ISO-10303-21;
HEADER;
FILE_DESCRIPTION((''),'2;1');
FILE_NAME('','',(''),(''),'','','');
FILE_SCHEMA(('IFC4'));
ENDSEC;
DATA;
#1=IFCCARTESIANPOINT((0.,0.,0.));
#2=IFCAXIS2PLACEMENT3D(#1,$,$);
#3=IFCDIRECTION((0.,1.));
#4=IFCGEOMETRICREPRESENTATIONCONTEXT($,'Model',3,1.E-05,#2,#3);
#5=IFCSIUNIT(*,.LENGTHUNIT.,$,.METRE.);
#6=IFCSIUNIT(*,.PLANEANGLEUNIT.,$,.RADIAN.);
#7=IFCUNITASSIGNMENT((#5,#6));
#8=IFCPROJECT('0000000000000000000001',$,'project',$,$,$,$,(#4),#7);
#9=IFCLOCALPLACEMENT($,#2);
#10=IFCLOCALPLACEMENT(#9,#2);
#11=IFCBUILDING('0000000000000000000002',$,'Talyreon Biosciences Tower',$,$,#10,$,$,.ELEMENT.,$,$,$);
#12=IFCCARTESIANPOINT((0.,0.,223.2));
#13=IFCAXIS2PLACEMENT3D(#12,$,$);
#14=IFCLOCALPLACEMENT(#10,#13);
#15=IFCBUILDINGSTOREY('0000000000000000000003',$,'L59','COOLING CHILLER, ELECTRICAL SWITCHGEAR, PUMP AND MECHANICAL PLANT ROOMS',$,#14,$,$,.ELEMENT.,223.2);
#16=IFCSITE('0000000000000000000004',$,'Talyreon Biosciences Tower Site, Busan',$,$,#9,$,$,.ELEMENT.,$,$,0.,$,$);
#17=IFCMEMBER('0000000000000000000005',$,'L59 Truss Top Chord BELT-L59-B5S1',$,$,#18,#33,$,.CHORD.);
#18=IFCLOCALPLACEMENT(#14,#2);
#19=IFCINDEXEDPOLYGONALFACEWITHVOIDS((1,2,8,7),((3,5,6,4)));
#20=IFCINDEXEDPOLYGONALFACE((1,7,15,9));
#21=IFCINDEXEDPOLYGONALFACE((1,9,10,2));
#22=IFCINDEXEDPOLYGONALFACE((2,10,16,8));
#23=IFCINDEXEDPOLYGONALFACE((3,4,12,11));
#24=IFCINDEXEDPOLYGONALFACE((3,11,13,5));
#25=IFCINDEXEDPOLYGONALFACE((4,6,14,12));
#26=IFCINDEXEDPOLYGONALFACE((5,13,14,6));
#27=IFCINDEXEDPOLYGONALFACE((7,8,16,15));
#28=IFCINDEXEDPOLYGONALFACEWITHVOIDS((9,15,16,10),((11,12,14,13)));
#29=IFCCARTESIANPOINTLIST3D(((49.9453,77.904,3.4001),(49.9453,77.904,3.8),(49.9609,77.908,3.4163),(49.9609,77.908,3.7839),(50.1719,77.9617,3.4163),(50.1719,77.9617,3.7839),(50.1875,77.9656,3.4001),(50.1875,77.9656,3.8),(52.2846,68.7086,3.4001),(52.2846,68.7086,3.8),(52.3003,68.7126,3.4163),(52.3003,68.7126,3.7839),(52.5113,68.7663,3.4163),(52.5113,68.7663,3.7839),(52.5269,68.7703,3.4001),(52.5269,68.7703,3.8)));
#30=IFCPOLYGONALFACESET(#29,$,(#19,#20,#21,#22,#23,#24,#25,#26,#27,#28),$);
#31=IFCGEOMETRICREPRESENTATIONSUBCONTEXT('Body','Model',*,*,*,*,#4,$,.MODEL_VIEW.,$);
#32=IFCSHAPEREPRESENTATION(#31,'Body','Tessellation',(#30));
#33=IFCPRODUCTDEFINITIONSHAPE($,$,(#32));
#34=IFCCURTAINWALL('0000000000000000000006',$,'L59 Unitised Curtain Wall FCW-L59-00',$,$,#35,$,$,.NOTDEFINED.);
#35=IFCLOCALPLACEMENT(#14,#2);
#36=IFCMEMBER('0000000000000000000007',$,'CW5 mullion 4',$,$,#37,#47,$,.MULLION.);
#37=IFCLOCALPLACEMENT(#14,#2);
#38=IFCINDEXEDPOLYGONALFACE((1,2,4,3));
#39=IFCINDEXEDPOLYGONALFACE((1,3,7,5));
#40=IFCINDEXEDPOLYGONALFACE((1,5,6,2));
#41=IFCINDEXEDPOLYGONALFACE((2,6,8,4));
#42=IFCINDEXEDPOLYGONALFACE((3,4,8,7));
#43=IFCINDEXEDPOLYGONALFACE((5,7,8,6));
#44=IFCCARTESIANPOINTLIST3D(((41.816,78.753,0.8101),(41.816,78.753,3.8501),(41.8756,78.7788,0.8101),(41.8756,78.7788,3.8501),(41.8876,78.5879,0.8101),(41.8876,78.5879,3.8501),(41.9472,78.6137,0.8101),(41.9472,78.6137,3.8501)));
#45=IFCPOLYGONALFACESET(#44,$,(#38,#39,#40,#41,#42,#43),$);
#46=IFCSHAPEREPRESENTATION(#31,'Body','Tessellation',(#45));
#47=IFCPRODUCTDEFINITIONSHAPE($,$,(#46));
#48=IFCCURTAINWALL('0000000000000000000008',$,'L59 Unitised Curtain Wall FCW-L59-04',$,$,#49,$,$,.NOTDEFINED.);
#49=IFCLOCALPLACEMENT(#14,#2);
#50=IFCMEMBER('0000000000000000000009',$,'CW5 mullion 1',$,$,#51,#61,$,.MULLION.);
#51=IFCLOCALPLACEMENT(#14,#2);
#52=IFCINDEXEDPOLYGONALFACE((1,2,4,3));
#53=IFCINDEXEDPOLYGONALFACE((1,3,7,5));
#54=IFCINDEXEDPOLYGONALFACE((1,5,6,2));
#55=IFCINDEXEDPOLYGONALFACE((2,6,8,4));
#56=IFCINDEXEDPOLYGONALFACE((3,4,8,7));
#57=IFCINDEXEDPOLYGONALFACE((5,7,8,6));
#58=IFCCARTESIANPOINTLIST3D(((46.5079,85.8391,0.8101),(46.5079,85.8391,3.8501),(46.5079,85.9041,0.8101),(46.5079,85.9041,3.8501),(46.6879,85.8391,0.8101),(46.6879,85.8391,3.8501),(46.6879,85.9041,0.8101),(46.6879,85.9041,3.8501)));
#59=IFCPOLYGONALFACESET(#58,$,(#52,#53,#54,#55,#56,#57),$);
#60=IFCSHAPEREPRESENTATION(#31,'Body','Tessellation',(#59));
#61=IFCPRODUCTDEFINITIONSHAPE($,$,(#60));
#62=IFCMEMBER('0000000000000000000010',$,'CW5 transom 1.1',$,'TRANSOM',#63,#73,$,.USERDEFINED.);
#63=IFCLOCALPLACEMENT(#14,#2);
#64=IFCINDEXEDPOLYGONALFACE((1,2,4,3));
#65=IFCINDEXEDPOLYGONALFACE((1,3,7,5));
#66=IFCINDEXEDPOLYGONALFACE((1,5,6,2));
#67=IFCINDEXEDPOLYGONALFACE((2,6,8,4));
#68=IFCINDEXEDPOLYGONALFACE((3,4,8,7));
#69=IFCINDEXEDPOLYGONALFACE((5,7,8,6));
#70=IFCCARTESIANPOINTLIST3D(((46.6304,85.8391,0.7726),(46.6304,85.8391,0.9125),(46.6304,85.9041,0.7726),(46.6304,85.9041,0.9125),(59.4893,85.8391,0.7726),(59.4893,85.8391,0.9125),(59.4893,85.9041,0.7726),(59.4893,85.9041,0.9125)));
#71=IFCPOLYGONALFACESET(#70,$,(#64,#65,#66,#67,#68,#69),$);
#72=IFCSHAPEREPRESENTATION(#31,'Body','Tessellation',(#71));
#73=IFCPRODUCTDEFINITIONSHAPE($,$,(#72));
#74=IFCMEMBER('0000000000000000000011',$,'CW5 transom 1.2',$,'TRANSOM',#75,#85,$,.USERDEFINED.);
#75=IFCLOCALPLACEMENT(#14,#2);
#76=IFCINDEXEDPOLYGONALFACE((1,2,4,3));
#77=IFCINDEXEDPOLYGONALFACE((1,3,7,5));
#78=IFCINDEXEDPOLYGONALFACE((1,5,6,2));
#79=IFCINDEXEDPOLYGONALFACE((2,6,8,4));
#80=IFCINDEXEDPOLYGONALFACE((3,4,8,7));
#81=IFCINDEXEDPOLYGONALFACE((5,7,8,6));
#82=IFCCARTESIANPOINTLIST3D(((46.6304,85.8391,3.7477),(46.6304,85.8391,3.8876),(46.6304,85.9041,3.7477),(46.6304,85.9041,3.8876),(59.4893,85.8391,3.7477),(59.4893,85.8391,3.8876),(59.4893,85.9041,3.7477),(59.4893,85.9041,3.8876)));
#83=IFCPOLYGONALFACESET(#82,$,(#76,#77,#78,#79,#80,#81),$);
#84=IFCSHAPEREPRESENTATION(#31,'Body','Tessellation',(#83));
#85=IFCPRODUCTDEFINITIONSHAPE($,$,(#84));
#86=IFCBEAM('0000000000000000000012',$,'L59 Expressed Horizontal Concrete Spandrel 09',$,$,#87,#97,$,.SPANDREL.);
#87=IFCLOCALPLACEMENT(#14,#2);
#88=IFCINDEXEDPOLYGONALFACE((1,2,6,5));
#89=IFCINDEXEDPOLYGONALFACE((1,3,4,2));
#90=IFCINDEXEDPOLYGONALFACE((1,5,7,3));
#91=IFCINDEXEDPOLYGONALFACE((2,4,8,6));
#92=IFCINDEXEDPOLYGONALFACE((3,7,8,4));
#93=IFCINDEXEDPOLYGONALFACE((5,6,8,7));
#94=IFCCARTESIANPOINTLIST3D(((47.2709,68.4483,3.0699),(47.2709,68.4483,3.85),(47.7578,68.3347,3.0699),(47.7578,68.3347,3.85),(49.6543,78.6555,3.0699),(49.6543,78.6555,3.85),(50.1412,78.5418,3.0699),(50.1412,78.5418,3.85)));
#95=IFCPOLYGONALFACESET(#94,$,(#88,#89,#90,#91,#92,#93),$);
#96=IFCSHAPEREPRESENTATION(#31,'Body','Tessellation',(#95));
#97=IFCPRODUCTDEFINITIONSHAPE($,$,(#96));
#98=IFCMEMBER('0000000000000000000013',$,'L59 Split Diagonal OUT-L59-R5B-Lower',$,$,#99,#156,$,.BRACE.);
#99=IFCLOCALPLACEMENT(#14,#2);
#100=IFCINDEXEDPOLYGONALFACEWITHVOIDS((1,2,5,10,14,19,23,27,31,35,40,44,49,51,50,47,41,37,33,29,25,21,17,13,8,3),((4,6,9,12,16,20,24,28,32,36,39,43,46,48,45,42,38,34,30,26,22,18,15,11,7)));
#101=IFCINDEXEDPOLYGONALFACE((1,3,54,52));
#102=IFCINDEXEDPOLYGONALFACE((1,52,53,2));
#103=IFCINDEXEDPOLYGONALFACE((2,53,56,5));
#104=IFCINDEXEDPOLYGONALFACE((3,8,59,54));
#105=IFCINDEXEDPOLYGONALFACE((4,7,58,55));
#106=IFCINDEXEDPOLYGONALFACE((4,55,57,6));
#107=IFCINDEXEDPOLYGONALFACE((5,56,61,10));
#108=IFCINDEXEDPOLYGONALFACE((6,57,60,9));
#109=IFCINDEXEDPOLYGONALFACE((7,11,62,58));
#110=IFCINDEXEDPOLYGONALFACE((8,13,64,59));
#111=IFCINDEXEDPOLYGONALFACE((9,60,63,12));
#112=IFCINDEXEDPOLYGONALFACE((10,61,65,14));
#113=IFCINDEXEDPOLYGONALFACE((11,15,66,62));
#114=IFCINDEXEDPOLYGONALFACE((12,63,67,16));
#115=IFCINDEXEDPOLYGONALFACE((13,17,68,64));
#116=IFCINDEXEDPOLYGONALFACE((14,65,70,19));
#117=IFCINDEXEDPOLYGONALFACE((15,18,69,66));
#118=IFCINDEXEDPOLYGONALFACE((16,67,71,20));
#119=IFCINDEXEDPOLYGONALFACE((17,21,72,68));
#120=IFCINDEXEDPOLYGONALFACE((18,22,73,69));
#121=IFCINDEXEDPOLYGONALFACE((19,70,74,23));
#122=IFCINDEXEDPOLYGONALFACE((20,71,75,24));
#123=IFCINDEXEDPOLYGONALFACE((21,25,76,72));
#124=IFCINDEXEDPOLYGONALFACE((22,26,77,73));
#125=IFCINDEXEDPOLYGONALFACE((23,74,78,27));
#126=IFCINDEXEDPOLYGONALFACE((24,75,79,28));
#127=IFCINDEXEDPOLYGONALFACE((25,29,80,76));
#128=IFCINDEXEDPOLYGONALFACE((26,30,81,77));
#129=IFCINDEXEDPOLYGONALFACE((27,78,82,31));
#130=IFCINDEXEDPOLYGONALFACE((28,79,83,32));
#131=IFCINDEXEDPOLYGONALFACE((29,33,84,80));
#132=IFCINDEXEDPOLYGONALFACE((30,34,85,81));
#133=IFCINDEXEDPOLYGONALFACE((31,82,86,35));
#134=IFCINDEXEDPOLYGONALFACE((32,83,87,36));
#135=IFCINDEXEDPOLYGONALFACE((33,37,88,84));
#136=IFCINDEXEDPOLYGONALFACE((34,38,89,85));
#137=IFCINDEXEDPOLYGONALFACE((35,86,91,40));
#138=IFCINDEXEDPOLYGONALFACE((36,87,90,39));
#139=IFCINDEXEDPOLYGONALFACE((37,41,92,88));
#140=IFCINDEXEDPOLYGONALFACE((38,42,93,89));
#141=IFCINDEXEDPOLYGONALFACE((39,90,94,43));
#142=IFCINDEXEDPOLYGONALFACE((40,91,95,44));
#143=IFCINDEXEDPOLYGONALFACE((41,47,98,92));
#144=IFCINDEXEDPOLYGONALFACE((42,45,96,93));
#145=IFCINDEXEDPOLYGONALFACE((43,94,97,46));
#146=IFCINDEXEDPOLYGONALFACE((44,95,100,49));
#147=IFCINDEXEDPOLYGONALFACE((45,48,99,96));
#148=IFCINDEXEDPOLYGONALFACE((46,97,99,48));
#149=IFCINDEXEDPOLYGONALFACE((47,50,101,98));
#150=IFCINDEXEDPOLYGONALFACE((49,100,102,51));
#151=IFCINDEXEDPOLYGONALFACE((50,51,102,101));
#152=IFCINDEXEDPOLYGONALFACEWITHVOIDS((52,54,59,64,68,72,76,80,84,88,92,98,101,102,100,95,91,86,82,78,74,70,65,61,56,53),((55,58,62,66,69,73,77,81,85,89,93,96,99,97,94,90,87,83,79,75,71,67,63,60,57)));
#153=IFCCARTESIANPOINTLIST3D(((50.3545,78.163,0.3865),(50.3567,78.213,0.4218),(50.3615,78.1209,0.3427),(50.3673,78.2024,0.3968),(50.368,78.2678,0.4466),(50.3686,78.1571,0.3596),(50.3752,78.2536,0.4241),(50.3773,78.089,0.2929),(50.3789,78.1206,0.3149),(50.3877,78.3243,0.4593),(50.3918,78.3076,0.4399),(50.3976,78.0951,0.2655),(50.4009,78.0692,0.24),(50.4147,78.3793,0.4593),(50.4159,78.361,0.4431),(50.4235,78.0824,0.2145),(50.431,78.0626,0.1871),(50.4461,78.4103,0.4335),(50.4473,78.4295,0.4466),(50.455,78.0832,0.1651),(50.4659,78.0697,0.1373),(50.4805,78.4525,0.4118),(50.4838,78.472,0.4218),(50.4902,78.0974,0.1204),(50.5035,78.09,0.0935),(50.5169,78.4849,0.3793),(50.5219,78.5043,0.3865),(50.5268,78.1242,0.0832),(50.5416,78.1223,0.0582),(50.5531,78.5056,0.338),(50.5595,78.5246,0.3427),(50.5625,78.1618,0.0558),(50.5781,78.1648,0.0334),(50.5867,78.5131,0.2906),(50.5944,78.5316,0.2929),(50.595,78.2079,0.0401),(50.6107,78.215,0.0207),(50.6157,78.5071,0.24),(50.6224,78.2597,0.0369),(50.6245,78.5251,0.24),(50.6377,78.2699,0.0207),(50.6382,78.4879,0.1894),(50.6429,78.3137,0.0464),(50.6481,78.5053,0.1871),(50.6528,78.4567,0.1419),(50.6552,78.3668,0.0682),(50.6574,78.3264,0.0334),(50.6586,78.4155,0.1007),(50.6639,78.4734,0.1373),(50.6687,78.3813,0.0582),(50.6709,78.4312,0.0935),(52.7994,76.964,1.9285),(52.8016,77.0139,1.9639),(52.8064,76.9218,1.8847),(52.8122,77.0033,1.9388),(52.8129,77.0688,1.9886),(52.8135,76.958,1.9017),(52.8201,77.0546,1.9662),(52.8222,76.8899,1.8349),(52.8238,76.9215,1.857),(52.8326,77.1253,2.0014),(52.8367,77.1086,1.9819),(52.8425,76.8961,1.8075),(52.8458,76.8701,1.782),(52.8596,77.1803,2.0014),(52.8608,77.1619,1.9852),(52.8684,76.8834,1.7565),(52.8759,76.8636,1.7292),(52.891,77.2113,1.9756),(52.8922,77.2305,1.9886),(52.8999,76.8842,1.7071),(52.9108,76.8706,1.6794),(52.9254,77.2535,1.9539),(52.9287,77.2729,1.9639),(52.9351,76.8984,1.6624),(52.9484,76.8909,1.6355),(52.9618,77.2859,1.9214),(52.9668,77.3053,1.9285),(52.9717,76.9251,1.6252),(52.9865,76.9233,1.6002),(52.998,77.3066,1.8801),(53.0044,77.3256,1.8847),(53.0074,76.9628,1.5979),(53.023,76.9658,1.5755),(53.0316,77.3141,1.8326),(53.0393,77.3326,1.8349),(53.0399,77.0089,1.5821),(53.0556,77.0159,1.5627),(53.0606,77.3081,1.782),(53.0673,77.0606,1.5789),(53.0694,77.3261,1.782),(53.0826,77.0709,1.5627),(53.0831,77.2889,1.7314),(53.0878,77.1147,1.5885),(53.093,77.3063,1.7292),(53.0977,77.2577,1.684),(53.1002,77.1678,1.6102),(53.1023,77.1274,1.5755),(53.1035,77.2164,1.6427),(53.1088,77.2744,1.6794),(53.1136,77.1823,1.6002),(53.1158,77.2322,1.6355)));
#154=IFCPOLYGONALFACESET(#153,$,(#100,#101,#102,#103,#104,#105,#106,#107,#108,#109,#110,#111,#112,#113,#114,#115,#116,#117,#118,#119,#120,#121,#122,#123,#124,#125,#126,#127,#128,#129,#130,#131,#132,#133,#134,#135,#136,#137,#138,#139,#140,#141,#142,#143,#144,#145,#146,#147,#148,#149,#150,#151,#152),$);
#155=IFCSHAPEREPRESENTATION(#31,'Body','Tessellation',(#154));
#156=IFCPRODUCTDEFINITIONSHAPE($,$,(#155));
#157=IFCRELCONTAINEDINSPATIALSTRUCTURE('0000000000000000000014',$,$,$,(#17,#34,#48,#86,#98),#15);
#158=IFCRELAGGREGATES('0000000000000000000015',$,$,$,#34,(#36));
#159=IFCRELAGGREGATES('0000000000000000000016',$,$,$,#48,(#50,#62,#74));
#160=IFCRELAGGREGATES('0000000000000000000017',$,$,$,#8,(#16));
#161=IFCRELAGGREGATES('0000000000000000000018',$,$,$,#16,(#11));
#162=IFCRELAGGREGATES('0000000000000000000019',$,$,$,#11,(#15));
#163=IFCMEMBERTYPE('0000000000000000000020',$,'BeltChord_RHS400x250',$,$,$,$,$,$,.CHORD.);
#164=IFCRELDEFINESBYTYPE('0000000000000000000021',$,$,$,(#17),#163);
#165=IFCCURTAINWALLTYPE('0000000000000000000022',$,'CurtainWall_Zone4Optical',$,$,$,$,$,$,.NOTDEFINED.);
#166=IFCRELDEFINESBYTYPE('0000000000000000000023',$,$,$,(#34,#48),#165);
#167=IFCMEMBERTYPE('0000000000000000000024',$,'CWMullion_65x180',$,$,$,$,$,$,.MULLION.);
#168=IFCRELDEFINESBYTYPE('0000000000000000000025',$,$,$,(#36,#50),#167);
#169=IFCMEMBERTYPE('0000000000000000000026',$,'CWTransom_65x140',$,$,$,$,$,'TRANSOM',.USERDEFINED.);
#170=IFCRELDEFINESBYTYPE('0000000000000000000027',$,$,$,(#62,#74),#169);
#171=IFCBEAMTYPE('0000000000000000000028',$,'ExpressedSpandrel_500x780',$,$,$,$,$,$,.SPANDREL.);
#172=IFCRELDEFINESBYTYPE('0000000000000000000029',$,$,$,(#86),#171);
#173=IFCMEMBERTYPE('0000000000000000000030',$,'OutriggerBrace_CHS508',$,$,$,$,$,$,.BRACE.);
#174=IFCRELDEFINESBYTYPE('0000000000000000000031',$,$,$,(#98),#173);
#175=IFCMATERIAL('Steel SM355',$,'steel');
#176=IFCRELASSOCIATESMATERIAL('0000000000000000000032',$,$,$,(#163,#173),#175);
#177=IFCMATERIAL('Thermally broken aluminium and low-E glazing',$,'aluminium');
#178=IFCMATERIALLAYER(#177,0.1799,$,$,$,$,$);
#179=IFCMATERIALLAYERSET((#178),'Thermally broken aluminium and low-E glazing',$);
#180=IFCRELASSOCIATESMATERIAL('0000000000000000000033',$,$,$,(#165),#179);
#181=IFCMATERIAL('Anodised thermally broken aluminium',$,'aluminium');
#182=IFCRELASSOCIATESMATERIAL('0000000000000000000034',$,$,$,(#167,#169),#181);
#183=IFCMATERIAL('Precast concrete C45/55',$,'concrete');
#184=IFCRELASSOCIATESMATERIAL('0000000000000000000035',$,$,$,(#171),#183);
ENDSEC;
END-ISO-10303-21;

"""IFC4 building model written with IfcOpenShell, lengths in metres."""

from ifc_helpers import new_model, si_unit, direction, frame, origin, origin_2d, place, context, subcontext, project, spatial, rectangle, hollow_rectangle, hollow_circle, extrude, material, layer, layer_set, material_profile, profile_set, type_object, element, aggregate, save


model = new_model("IFC4")

# Units and contexts
model_context = context("Model", 3, precision=1e-05, world=origin(), true_north=direction((0.0, 1.0)))
body_context = subcontext(model_context, "Body", "Model", "MODEL_VIEW")
ifc_project = project(units=[si_unit("LENGTHUNIT", "METRE"), si_unit("PLANEANGLEUNIT", "RADIAN")], contexts=[model_context])

# Site, building, storey
site_placement = place(None, origin())
site = spatial("IfcSite", under=ifc_project, at=site_placement, Name="Talyreon Biosciences Tower Site, Busan", CompositionType="ELEMENT", RefElevation=0.0)
building_placement = place(site_placement, origin())
building = spatial("IfcBuilding", under=site, at=building_placement, Name="Talyreon Biosciences Tower", CompositionType="ELEMENT")
storey_placement = place(building_placement, frame((0.0, 0.0, 223.2)))
storey = spatial("IfcBuildingStorey", under=building, at=storey_placement, Name="L59", Description="COOLING CHILLER, ELECTRICAL SWITCHGEAR, PUMP AND MECHANICAL PLANT ROOMS", CompositionType="ELEMENT", Elevation=223.2)

# Member
ifc_material_1 = material(Name="Steel SM355", Category="steel")
ifc_material_profile_1 = material_profile(ifc_material_1, hollow_rectangle(XDim=0.25, YDim=0.3999, WallThickness=0.0161, at=origin_2d()), Name="RHS 400x250x16")
ifc_profile_set_1 = profile_set([ifc_material_profile_1], Name="Steel SM355")
member_type_1 = type_object("IfcMemberType", Name="BeltChord_RHS400x250", PredefinedType="CHORD", material=ifc_profile_set_1)
member_1_placement = place(storey_placement, frame((50.0664, 77.9348, 3.6001), z_axis=(0.246554, -0.969129, 0.0), x_axis=(0.969129, 0.246554, 0.0)))
element("IfcMember", 1, at=member_1_placement, inside=storey, type_object=member_type_1, Name="L59 Truss Top Chord BELT-L59-B5S1", PredefinedType="CHORD", context=body_context, shape_type="SweptSolid", body=[
    extrude(hollow_rectangle(XDim=0.25, YDim=0.3999, WallThickness=0.0161, at=origin_2d()), origin(), (0.0, 0.0, 1.0), 9.4883),
])

# Curtain wall, member
ifc_material_2 = material(Name="Thermally broken aluminium and low-E glazing", Category="aluminium")
ifc_layer_1 = layer(ifc_material_2, 0.1799)
ifc_layer_set_1 = layer_set([ifc_layer_1], Name="Thermally broken aluminium and low-E glazing")
curtain_wall_type = type_object("IfcCurtainWallType", Name="CurtainWall_Zone4Optical", PredefinedType="NOTDEFINED", material=ifc_layer_set_1)
curtain_wall_1_placement = place(storey_placement, origin())
curtain_wall_1 = element("IfcCurtainWall", 2, at=curtain_wall_1_placement, inside=storey, type_object=curtain_wall_type, Name="L59 Unitised Curtain Wall FCW-L59-00", PredefinedType="NOTDEFINED")
ifc_material_3 = material(Name="Anodised thermally broken aluminium", Category="aluminium")
ifc_material_profile_2 = material_profile(ifc_material_3, rectangle(XDim=0.0649, YDim=0.1799, at=origin_2d()), Name="ALUM MULLION 65x180")
ifc_profile_set_2 = profile_set([ifc_material_profile_2], Name="Anodised thermally broken aluminium")
member_type_2 = type_object("IfcMemberType", Name="CWMullion_65x180", PredefinedType="MULLION", material=ifc_profile_set_2)
member_2_placement = place(storey_placement, frame((41.8816, 78.6833, 0.8101), z_axis=(0.0, 0.0, 1.0), x_axis=(-0.917337, -0.398112, 0.0)))
member_2 = element("IfcMember", 3, at=member_2_placement, type_object=member_type_2, Name="CW5 mullion 4", PredefinedType="MULLION", context=body_context, shape_type="SweptSolid", body=[
    extrude(rectangle(XDim=0.0649, YDim=0.1799, at=origin_2d()), origin(), (0.0, 0.0, 1.0), 3.04),
])
aggregate(curtain_wall_1, [member_2])

# Curtain wall, members
curtain_wall_2_placement = place(storey_placement, origin())
curtain_wall_2 = element("IfcCurtainWall", 4, at=curtain_wall_2_placement, inside=storey, type_object=curtain_wall_type, Name="L59 Unitised Curtain Wall FCW-L59-04", PredefinedType="NOTDEFINED")
member_3_placement = place(storey_placement, frame((46.5979, 85.8716, 0.8101), z_axis=(0.0, 0.0, 1.0), x_axis=(0.0, 1.0, 0.0)))
member_3 = element("IfcMember", 5, at=member_3_placement, type_object=member_type_2, Name="CW5 mullion 1", PredefinedType="MULLION", context=body_context, shape_type="SweptSolid", body=[
    extrude(rectangle(XDim=0.0649, YDim=0.1799, at=origin_2d()), origin(), (0.0, 0.0, 1.0), 3.04),
])
ifc_material_profile_3 = material_profile(ifc_material_3, rectangle(XDim=0.0649, YDim=0.1399, at=origin_2d()), Name="ALUM TRANSOM 65x140")
ifc_profile_set_3 = profile_set([ifc_material_profile_3], Name="Anodised thermally broken aluminium")
member_type_3 = type_object("IfcMemberType", Name="CWTransom_65x140", ElementType="TRANSOM", PredefinedType="USERDEFINED", material=ifc_profile_set_3)
member_4_placement = place(storey_placement, frame((46.6304, 85.8716, 0.8425), z_axis=(1.0, 0.0, 0.0), x_axis=(0.0, 1.0, 0.0)))
member_4 = element("IfcMember", 6, at=member_4_placement, type_object=member_type_3, Name="CW5 transom 1.1", ObjectType="TRANSOM", PredefinedType="USERDEFINED", context=body_context, shape_type="SweptSolid", body=[
    extrude(rectangle(XDim=0.0649, YDim=0.1399, at=origin_2d()), origin(), (0.0, 0.0, 1.0), 12.8589),
])
member_5_placement = place(storey_placement, frame((46.6304, 85.8716, 3.8176), z_axis=(1.0, 0.0, 0.0), x_axis=(0.0, 1.0, 0.0)))
member_5 = element("IfcMember", 7, at=member_5_placement, type_object=member_type_3, Name="CW5 transom 1.2", ObjectType="TRANSOM", PredefinedType="USERDEFINED", context=body_context, shape_type="SweptSolid", body=[
    extrude(rectangle(XDim=0.0649, YDim=0.1399, at=origin_2d()), origin(), (0.0, 0.0, 1.0), 12.8589),
])

# Beam
ifc_material_4 = material(Name="Precast concrete C45/55", Category="concrete")
ifc_material_profile_4 = material_profile(ifc_material_4, rectangle(XDim=0.5, YDim=0.78, at=origin_2d()), Name="RCB 500x780")
ifc_profile_set_4 = profile_set([ifc_material_profile_4], Name="Precast concrete C45/55")
beam_type_1 = type_object("IfcBeamType", Name="ExpressedSpandrel_500x780", PredefinedType="SPANDREL", material=ifc_profile_set_4)
beam_1_placement = place(storey_placement, frame((49.8977, 78.5986, 3.46), z_axis=(-0.22738, -0.973806, 0.0), x_axis=(0.973806, -0.22738, 0.0)))
element("IfcBeam", 8, at=beam_1_placement, inside=storey, type_object=beam_type_1, Name="L59 Expressed Horizontal Concrete Spandrel 09", PredefinedType="SPANDREL", context=body_context, shape_type="SweptSolid", body=[
    extrude(rectangle(XDim=0.5, YDim=0.78, at=origin_2d()), origin(), (0.0, 0.0, 1.0), 10.4817),
])

# Member
ifc_material_profile_5 = material_profile(ifc_material_1, hollow_circle(Radius=0.2539, WallThickness=0.02, at=origin_2d()), Name="CHS 508x20")
ifc_profile_set_5 = profile_set([ifc_material_profile_5], Name="Steel SM355")
member_type_4 = type_object("IfcMemberType", Name="OutriggerBrace_CHS508", PredefinedType="BRACE", material=ifc_profile_set_5)
member_6_placement = place(storey_placement, frame((50.5127, 78.2971, 0.24), z_axis=(0.781272, -0.383146, 0.492761), x_axis=(0.440315, 0.897844, 0.0)))
element("IfcMember", 9, at=member_6_placement, inside=storey, type_object=member_type_4, Name="L59 Split Diagonal OUT-L59-R5B-Lower", PredefinedType="BRACE", context=body_context, shape_type="SweptSolid", body=[
    extrude(hollow_circle(Radius=0.2539, WallThickness=0.02, at=origin_2d()), origin(), (0.0, 0.0, 1.0), 3.1294),
])

aggregate(curtain_wall_2, [member_3, member_4, member_5])

save(model, "model.ifc")
